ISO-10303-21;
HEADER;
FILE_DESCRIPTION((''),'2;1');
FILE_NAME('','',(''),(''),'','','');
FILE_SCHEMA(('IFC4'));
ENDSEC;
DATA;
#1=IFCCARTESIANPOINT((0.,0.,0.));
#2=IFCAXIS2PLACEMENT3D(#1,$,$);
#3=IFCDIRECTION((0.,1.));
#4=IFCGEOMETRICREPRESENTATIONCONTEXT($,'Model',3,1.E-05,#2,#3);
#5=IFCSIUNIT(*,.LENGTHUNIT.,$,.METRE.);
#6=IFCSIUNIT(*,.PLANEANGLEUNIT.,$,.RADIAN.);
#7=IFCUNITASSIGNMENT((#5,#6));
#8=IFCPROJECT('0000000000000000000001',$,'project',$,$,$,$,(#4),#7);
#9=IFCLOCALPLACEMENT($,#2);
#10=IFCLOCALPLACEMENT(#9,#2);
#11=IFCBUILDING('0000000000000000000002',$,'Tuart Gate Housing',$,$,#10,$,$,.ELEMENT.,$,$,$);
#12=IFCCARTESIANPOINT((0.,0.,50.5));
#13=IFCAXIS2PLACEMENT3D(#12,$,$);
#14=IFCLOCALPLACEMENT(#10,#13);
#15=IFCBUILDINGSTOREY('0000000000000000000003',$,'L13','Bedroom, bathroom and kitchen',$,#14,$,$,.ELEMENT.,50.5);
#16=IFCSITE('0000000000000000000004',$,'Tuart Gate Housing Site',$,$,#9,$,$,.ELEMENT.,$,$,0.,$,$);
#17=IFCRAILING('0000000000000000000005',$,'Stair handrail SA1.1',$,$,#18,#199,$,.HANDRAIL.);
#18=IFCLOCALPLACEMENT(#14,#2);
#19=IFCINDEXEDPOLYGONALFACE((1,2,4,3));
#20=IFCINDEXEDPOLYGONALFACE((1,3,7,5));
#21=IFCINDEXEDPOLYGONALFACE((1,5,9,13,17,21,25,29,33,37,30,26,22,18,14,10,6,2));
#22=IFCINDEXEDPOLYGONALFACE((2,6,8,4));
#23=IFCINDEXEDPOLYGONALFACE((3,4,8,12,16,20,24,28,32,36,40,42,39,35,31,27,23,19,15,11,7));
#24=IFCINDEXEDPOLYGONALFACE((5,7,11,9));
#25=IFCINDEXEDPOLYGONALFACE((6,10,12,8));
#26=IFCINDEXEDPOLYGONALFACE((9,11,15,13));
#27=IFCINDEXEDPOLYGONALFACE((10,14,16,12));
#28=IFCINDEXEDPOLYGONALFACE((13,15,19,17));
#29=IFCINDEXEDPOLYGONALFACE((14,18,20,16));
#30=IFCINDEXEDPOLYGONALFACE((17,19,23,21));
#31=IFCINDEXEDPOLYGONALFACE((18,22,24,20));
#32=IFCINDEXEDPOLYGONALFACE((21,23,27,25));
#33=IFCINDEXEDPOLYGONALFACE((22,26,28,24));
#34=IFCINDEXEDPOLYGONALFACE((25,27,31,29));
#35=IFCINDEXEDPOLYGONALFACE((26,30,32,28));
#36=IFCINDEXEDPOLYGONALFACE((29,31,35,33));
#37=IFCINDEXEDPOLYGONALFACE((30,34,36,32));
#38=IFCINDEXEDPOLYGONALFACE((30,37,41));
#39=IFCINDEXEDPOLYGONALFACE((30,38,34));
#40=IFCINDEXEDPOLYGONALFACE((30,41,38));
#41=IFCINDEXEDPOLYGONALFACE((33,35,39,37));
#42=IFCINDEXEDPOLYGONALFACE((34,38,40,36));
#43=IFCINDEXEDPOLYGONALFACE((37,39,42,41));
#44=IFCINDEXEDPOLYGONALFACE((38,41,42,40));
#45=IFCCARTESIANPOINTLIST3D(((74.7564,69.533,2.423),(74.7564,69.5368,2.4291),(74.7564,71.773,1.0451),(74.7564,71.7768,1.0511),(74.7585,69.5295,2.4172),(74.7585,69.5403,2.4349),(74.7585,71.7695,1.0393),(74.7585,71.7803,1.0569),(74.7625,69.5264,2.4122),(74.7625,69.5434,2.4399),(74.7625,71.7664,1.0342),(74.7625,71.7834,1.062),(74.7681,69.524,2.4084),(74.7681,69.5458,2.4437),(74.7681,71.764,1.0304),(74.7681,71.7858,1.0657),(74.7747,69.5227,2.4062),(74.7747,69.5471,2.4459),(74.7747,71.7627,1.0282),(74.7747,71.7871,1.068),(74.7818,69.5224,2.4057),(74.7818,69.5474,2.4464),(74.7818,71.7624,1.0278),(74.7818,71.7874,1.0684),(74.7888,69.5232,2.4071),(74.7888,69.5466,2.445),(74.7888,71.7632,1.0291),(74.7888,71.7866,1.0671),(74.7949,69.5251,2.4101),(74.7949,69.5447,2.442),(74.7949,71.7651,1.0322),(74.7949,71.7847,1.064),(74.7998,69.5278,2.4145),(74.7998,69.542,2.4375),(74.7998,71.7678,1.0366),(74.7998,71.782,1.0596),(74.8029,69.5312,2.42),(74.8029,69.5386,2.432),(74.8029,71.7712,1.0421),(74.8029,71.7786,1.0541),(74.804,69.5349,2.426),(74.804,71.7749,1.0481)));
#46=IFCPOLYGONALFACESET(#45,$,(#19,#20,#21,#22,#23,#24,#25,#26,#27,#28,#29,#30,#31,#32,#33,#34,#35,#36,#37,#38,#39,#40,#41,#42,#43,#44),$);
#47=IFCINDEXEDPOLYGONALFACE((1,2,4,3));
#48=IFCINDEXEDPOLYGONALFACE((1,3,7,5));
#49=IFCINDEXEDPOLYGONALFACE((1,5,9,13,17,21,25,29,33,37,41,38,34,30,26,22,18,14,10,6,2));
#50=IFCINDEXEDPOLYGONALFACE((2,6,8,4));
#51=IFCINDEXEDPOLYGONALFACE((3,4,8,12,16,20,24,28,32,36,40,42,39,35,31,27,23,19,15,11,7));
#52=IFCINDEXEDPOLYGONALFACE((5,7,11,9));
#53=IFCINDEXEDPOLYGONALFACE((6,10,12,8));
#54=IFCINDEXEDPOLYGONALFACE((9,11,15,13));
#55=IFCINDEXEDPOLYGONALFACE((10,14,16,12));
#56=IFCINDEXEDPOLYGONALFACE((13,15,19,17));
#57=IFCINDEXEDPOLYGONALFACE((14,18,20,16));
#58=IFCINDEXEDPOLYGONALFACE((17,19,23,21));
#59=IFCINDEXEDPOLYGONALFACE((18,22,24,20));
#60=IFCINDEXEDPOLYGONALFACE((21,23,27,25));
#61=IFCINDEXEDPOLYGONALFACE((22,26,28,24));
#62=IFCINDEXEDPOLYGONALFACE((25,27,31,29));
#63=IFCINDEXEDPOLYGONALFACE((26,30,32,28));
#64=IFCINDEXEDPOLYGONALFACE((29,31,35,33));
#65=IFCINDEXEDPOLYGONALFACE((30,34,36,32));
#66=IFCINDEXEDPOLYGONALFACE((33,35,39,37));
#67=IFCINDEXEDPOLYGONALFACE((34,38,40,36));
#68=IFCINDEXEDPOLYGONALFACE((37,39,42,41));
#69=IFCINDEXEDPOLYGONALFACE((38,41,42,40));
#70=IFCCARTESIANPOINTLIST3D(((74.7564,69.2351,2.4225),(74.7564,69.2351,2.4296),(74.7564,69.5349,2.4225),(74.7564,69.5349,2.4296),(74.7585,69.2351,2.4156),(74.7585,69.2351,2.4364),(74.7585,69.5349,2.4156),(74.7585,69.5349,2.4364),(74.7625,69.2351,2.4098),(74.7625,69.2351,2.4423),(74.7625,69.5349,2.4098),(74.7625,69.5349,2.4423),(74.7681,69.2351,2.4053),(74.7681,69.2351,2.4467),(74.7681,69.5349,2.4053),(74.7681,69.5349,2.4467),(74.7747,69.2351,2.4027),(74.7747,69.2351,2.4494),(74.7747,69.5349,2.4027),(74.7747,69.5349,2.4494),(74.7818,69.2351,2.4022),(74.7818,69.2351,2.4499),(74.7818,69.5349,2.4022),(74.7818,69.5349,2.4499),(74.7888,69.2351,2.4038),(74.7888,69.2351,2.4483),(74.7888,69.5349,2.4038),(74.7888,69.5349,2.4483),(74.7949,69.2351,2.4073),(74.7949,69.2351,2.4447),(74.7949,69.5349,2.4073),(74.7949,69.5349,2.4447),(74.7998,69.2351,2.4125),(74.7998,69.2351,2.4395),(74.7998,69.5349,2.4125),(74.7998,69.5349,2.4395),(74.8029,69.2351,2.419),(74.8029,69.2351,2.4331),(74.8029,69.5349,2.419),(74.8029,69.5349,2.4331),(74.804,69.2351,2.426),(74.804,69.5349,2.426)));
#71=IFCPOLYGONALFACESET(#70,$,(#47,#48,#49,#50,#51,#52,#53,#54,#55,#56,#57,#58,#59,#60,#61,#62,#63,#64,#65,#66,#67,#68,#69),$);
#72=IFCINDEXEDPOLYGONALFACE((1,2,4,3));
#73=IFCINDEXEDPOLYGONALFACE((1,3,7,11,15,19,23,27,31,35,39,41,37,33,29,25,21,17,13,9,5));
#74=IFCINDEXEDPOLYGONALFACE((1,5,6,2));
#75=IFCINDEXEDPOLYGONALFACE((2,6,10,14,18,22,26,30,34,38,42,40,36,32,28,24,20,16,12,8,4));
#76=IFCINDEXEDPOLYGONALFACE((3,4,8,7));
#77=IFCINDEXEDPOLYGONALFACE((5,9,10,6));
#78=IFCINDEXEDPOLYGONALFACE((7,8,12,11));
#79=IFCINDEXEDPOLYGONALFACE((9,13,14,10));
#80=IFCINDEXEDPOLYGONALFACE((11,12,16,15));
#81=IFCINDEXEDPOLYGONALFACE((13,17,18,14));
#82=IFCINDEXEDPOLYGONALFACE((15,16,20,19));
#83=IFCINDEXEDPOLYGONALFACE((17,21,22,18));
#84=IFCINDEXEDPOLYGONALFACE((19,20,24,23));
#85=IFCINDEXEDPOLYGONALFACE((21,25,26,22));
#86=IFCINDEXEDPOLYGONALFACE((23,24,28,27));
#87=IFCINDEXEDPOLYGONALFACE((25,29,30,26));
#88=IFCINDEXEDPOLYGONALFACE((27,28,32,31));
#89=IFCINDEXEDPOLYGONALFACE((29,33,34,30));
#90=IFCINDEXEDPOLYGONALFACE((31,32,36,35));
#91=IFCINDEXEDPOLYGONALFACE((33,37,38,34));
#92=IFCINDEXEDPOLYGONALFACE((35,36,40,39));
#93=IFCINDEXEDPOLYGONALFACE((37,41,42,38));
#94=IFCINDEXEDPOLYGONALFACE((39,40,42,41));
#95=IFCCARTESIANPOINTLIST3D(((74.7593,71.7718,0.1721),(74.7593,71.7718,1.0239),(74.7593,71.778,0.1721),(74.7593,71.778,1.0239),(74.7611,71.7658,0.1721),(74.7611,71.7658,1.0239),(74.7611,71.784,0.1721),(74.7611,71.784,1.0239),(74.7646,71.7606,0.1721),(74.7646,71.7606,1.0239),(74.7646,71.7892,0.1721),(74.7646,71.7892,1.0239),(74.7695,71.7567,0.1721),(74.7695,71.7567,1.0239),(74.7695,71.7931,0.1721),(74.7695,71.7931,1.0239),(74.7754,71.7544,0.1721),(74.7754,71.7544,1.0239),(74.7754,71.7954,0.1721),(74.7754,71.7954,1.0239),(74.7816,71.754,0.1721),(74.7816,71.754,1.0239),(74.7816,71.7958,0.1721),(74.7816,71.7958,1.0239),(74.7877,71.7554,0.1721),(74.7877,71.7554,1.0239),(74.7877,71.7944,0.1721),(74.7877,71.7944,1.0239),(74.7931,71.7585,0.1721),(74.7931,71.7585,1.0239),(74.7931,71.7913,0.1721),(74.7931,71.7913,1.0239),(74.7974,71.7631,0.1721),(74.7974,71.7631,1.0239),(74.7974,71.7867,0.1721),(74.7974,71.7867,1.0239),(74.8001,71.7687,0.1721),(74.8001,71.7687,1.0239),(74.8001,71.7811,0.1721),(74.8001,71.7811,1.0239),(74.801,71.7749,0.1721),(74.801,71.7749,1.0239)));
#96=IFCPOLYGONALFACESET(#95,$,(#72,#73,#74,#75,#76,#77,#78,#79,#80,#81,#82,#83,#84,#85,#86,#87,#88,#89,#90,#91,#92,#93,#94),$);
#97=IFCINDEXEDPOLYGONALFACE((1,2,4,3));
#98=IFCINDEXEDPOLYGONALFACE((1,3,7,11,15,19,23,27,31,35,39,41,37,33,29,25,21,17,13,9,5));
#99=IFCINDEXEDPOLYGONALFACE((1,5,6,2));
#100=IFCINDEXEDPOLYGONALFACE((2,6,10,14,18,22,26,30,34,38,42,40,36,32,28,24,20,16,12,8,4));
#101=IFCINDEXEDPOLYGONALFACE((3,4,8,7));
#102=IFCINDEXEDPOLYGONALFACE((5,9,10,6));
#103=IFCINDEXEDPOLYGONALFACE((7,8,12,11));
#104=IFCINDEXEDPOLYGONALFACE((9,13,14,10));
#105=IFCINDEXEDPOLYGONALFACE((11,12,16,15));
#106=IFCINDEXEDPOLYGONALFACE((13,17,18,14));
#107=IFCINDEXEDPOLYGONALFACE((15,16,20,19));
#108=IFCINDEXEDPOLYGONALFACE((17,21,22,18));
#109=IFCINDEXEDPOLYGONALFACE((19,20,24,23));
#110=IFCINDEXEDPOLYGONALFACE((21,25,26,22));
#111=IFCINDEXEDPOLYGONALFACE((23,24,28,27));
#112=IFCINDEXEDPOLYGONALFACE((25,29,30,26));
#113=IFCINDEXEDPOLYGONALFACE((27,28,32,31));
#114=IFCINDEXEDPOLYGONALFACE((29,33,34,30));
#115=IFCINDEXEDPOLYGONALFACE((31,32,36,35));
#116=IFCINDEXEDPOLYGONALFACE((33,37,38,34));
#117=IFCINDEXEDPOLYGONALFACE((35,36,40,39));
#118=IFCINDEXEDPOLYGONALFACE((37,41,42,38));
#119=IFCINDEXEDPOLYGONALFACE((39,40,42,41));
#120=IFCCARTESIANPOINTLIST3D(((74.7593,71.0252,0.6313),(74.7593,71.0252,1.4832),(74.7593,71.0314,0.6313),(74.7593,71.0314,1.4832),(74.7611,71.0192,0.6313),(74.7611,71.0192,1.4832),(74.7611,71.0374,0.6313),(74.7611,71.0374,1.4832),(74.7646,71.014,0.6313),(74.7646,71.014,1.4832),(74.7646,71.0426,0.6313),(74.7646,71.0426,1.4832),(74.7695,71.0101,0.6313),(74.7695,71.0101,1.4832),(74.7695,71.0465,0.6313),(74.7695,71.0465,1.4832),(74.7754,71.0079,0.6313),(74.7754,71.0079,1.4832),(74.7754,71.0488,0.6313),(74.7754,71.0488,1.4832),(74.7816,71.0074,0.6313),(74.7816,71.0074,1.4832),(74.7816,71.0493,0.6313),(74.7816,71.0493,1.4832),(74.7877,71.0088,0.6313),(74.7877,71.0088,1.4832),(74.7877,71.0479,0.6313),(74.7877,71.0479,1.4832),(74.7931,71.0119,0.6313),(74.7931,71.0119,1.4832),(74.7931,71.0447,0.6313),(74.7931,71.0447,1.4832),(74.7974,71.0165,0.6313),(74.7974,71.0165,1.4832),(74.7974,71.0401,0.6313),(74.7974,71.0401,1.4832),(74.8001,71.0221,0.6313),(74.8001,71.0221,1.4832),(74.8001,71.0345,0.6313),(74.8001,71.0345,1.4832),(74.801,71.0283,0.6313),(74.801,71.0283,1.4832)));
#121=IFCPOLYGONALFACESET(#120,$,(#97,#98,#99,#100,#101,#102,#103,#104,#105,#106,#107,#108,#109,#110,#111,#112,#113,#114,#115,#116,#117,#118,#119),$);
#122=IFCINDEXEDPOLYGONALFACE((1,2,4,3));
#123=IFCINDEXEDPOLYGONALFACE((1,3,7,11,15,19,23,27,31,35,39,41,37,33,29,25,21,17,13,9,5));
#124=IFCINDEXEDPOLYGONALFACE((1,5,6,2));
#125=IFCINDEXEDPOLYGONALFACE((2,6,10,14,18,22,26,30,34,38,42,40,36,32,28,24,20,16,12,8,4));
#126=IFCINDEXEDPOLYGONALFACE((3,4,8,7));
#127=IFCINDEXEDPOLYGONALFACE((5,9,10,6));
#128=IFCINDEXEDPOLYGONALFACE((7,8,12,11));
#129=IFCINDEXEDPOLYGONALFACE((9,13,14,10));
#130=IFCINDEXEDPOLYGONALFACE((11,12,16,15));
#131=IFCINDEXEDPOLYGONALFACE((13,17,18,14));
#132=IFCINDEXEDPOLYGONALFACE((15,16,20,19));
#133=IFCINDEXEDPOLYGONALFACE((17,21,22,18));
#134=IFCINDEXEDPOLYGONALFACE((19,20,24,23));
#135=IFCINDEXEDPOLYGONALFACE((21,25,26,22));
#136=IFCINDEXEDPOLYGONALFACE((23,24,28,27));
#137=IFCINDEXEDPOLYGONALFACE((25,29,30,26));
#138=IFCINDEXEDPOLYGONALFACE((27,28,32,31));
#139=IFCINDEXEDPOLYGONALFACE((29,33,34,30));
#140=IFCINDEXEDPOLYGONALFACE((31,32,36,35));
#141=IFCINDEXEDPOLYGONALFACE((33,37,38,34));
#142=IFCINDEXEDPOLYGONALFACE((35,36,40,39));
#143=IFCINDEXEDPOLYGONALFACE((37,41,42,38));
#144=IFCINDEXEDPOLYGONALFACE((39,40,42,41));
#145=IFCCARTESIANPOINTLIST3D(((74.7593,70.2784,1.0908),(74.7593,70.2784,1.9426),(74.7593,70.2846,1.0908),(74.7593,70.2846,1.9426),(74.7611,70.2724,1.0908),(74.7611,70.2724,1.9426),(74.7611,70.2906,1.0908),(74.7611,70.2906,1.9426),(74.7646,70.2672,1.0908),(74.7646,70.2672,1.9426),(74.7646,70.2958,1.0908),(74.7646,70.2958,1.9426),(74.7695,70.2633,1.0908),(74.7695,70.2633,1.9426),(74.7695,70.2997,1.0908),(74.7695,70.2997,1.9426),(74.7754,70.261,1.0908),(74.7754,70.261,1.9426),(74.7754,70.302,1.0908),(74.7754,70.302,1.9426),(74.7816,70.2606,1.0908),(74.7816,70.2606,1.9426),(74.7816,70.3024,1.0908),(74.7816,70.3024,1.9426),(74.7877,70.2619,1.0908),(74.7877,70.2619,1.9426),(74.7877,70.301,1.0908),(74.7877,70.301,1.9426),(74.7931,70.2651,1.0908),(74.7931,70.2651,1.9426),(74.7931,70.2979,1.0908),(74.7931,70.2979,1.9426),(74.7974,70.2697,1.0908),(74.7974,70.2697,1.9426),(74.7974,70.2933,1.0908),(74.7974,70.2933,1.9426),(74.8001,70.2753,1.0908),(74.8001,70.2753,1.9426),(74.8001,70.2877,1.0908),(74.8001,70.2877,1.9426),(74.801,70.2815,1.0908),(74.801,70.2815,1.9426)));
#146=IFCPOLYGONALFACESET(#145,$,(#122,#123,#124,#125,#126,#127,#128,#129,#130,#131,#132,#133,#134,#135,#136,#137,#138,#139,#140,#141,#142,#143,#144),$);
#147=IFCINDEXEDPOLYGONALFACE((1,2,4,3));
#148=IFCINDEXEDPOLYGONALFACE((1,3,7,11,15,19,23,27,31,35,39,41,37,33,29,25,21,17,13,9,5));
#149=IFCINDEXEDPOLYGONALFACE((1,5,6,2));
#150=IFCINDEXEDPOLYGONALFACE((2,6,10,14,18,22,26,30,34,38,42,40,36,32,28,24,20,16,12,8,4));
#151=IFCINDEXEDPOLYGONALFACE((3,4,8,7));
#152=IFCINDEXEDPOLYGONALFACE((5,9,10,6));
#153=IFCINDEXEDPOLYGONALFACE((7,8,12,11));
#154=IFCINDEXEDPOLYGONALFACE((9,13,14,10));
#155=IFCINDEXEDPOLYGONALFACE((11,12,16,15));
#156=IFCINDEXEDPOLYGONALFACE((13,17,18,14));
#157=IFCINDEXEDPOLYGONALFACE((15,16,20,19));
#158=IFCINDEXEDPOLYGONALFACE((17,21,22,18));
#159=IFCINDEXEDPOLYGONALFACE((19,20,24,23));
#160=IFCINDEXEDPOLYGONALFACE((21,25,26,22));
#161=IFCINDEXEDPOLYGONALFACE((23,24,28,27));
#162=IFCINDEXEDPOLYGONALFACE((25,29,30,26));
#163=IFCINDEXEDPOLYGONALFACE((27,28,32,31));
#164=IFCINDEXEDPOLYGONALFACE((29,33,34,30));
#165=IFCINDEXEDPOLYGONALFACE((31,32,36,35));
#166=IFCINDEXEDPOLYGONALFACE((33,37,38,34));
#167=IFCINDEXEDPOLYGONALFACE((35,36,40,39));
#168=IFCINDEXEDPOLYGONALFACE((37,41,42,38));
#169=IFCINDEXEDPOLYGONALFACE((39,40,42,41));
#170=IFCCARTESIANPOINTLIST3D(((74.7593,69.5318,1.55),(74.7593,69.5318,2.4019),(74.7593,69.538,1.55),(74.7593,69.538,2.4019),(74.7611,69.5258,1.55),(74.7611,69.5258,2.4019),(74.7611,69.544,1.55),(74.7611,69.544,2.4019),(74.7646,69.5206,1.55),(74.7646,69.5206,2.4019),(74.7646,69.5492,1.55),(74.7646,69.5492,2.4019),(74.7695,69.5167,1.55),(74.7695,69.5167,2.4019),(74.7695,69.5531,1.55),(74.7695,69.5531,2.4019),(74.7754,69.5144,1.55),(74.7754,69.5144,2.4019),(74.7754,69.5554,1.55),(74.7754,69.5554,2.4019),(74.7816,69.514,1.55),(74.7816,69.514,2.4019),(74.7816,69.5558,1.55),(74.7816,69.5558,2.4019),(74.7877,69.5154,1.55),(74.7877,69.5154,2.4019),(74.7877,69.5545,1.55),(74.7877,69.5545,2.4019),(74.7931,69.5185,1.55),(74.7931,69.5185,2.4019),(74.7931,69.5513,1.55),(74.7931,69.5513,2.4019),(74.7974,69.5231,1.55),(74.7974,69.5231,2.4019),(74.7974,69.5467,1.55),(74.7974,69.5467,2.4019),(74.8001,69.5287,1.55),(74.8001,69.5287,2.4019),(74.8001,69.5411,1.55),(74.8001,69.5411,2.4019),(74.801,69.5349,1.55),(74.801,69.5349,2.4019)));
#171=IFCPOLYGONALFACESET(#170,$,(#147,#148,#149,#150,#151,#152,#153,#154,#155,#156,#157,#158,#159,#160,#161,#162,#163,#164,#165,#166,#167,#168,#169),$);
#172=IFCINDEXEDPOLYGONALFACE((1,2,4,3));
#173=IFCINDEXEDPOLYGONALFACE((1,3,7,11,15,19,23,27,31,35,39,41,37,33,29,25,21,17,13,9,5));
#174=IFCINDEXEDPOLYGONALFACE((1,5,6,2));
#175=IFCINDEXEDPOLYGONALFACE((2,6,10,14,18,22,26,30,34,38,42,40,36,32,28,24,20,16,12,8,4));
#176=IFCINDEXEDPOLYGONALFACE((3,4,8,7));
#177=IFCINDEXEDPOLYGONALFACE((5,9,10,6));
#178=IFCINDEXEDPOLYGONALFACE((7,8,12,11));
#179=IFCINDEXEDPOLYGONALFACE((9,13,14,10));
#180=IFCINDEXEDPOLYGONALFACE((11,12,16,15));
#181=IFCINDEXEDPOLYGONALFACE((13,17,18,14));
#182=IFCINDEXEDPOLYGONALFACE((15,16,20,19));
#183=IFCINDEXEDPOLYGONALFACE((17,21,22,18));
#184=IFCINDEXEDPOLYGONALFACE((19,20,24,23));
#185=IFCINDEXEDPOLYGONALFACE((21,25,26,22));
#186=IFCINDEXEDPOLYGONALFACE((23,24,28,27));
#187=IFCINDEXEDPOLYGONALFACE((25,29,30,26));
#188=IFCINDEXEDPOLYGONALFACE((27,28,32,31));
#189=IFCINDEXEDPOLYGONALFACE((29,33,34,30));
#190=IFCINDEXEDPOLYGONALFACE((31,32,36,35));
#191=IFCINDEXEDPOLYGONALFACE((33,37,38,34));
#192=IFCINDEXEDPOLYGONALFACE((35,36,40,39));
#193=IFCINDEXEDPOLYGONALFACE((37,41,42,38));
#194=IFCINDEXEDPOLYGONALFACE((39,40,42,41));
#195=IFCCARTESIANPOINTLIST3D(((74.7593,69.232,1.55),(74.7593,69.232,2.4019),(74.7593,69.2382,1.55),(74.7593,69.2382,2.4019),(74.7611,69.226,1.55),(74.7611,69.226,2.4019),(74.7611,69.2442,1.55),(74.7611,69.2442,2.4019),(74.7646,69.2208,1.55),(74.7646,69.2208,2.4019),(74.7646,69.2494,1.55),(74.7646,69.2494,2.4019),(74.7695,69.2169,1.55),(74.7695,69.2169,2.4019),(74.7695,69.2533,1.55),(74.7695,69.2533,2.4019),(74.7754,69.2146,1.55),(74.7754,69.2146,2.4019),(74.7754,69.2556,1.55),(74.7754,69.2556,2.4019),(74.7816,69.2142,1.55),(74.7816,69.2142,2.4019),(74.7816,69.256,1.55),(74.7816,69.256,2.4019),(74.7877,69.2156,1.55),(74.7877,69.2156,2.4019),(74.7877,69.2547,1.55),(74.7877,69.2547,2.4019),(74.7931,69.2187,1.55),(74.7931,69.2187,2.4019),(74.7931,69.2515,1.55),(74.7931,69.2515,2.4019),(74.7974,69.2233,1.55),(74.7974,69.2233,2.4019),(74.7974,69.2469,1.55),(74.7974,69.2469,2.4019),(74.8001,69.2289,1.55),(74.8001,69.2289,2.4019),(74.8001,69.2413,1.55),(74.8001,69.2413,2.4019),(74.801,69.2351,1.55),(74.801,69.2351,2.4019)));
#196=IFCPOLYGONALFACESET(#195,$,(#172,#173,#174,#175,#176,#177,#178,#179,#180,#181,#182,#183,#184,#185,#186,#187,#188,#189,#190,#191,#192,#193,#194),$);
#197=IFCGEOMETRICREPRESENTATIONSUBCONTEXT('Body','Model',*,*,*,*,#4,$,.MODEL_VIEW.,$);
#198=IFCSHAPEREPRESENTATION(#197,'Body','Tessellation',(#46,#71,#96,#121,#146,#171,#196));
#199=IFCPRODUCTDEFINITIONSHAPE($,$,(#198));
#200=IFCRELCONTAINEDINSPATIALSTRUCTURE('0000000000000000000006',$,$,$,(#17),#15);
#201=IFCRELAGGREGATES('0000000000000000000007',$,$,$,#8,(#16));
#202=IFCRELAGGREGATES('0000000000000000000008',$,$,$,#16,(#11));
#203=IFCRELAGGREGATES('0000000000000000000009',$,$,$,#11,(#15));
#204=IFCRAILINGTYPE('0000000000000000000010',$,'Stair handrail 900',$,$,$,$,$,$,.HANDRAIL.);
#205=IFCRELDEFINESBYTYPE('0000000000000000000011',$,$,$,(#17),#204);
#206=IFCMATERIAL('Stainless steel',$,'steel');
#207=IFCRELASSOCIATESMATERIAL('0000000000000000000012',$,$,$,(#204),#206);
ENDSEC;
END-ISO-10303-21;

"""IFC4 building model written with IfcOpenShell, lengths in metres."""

from ifc_helpers import new_model, si_unit, direction, frame, origin, origin_2d, place, context, subcontext, project, spatial, circle, extrude, material, type_object, element, save


model = new_model("IFC4")

# Units and contexts
model_context = context("Model", 3, precision=1e-05, world=origin(), true_north=direction((0.0, 1.0)))
body_context = subcontext(model_context, "Body", "Model", "MODEL_VIEW")
ifc_project = project(units=[si_unit("LENGTHUNIT", "METRE"), si_unit("PLANEANGLEUNIT", "RADIAN")], contexts=[model_context])

# Site, building, storey
site_placement = place(None, origin())
site = spatial("IfcSite", under=ifc_project, at=site_placement, Name="Tuart Gate Housing Site", CompositionType="ELEMENT", RefElevation=0.0)
building_placement = place(site_placement, origin())
building = spatial("IfcBuilding", under=site, at=building_placement, Name="Tuart Gate Housing", CompositionType="ELEMENT")
storey_placement = place(building_placement, frame((0.0, 0.0, 50.5)))
storey = spatial("IfcBuildingStorey", under=building, at=storey_placement, Name="L13", Description="Bedroom, bathroom and kitchen", CompositionType="ELEMENT", Elevation=50.5)

# Railing
ifc_material_1 = material(Name="Stainless steel", Category="steel")
railing_type = type_object("IfcRailingType", Name="Stair handrail 900", PredefinedType="HANDRAIL", material=ifc_material_1)
railing_placement = place(storey_placement, frame((74.78, 71.7749, 0.1721)))
element("IfcRailing", 1, at=railing_placement, inside=storey, type_object=railing_type, Name="Stair handrail SA1.1", PredefinedType="HANDRAIL", context=body_context, shape_type="SweptSolid", body=[
    extrude(circle(Radius=0.0239, at=origin_2d()), frame((0.0, 0.0, 0.876), z_axis=(0.0, -0.851748, 0.523952), x_axis=(1.0, 0.0, 0.0)), (0.0, 0.0, 1.0), 2.6299),
    extrude(circle(Radius=0.0239, at=origin_2d()), frame((0.0, -2.24, 2.2539), z_axis=(0.0, -1.0, 0.0), x_axis=(1.0, 0.0, 0.0)), (0.0, 0.0, 1.0), 0.2998),
    extrude(circle(Radius=0.021, at=origin_2d()), origin(), (0.0, 0.0, 1.0), 0.8518),
    extrude(circle(Radius=0.021, at=origin_2d()), frame((0.0, -0.7466, 0.4592)), (0.0, 0.0, 1.0), 0.8518),
    extrude(circle(Radius=0.021, at=origin_2d()), frame((0.0, -1.4934, 0.9187)), (0.0, 0.0, 1.0), 0.8518),
    extrude(circle(Radius=0.021, at=origin_2d()), frame((0.0, -2.24, 1.3779)), (0.0, 0.0, 1.0), 0.8518),
    extrude(circle(Radius=0.021, at=origin_2d()), frame((0.0, -2.5398, 1.3779)), (0.0, 0.0, 1.0), 0.8518),
])

save(model, "model.ifc")
